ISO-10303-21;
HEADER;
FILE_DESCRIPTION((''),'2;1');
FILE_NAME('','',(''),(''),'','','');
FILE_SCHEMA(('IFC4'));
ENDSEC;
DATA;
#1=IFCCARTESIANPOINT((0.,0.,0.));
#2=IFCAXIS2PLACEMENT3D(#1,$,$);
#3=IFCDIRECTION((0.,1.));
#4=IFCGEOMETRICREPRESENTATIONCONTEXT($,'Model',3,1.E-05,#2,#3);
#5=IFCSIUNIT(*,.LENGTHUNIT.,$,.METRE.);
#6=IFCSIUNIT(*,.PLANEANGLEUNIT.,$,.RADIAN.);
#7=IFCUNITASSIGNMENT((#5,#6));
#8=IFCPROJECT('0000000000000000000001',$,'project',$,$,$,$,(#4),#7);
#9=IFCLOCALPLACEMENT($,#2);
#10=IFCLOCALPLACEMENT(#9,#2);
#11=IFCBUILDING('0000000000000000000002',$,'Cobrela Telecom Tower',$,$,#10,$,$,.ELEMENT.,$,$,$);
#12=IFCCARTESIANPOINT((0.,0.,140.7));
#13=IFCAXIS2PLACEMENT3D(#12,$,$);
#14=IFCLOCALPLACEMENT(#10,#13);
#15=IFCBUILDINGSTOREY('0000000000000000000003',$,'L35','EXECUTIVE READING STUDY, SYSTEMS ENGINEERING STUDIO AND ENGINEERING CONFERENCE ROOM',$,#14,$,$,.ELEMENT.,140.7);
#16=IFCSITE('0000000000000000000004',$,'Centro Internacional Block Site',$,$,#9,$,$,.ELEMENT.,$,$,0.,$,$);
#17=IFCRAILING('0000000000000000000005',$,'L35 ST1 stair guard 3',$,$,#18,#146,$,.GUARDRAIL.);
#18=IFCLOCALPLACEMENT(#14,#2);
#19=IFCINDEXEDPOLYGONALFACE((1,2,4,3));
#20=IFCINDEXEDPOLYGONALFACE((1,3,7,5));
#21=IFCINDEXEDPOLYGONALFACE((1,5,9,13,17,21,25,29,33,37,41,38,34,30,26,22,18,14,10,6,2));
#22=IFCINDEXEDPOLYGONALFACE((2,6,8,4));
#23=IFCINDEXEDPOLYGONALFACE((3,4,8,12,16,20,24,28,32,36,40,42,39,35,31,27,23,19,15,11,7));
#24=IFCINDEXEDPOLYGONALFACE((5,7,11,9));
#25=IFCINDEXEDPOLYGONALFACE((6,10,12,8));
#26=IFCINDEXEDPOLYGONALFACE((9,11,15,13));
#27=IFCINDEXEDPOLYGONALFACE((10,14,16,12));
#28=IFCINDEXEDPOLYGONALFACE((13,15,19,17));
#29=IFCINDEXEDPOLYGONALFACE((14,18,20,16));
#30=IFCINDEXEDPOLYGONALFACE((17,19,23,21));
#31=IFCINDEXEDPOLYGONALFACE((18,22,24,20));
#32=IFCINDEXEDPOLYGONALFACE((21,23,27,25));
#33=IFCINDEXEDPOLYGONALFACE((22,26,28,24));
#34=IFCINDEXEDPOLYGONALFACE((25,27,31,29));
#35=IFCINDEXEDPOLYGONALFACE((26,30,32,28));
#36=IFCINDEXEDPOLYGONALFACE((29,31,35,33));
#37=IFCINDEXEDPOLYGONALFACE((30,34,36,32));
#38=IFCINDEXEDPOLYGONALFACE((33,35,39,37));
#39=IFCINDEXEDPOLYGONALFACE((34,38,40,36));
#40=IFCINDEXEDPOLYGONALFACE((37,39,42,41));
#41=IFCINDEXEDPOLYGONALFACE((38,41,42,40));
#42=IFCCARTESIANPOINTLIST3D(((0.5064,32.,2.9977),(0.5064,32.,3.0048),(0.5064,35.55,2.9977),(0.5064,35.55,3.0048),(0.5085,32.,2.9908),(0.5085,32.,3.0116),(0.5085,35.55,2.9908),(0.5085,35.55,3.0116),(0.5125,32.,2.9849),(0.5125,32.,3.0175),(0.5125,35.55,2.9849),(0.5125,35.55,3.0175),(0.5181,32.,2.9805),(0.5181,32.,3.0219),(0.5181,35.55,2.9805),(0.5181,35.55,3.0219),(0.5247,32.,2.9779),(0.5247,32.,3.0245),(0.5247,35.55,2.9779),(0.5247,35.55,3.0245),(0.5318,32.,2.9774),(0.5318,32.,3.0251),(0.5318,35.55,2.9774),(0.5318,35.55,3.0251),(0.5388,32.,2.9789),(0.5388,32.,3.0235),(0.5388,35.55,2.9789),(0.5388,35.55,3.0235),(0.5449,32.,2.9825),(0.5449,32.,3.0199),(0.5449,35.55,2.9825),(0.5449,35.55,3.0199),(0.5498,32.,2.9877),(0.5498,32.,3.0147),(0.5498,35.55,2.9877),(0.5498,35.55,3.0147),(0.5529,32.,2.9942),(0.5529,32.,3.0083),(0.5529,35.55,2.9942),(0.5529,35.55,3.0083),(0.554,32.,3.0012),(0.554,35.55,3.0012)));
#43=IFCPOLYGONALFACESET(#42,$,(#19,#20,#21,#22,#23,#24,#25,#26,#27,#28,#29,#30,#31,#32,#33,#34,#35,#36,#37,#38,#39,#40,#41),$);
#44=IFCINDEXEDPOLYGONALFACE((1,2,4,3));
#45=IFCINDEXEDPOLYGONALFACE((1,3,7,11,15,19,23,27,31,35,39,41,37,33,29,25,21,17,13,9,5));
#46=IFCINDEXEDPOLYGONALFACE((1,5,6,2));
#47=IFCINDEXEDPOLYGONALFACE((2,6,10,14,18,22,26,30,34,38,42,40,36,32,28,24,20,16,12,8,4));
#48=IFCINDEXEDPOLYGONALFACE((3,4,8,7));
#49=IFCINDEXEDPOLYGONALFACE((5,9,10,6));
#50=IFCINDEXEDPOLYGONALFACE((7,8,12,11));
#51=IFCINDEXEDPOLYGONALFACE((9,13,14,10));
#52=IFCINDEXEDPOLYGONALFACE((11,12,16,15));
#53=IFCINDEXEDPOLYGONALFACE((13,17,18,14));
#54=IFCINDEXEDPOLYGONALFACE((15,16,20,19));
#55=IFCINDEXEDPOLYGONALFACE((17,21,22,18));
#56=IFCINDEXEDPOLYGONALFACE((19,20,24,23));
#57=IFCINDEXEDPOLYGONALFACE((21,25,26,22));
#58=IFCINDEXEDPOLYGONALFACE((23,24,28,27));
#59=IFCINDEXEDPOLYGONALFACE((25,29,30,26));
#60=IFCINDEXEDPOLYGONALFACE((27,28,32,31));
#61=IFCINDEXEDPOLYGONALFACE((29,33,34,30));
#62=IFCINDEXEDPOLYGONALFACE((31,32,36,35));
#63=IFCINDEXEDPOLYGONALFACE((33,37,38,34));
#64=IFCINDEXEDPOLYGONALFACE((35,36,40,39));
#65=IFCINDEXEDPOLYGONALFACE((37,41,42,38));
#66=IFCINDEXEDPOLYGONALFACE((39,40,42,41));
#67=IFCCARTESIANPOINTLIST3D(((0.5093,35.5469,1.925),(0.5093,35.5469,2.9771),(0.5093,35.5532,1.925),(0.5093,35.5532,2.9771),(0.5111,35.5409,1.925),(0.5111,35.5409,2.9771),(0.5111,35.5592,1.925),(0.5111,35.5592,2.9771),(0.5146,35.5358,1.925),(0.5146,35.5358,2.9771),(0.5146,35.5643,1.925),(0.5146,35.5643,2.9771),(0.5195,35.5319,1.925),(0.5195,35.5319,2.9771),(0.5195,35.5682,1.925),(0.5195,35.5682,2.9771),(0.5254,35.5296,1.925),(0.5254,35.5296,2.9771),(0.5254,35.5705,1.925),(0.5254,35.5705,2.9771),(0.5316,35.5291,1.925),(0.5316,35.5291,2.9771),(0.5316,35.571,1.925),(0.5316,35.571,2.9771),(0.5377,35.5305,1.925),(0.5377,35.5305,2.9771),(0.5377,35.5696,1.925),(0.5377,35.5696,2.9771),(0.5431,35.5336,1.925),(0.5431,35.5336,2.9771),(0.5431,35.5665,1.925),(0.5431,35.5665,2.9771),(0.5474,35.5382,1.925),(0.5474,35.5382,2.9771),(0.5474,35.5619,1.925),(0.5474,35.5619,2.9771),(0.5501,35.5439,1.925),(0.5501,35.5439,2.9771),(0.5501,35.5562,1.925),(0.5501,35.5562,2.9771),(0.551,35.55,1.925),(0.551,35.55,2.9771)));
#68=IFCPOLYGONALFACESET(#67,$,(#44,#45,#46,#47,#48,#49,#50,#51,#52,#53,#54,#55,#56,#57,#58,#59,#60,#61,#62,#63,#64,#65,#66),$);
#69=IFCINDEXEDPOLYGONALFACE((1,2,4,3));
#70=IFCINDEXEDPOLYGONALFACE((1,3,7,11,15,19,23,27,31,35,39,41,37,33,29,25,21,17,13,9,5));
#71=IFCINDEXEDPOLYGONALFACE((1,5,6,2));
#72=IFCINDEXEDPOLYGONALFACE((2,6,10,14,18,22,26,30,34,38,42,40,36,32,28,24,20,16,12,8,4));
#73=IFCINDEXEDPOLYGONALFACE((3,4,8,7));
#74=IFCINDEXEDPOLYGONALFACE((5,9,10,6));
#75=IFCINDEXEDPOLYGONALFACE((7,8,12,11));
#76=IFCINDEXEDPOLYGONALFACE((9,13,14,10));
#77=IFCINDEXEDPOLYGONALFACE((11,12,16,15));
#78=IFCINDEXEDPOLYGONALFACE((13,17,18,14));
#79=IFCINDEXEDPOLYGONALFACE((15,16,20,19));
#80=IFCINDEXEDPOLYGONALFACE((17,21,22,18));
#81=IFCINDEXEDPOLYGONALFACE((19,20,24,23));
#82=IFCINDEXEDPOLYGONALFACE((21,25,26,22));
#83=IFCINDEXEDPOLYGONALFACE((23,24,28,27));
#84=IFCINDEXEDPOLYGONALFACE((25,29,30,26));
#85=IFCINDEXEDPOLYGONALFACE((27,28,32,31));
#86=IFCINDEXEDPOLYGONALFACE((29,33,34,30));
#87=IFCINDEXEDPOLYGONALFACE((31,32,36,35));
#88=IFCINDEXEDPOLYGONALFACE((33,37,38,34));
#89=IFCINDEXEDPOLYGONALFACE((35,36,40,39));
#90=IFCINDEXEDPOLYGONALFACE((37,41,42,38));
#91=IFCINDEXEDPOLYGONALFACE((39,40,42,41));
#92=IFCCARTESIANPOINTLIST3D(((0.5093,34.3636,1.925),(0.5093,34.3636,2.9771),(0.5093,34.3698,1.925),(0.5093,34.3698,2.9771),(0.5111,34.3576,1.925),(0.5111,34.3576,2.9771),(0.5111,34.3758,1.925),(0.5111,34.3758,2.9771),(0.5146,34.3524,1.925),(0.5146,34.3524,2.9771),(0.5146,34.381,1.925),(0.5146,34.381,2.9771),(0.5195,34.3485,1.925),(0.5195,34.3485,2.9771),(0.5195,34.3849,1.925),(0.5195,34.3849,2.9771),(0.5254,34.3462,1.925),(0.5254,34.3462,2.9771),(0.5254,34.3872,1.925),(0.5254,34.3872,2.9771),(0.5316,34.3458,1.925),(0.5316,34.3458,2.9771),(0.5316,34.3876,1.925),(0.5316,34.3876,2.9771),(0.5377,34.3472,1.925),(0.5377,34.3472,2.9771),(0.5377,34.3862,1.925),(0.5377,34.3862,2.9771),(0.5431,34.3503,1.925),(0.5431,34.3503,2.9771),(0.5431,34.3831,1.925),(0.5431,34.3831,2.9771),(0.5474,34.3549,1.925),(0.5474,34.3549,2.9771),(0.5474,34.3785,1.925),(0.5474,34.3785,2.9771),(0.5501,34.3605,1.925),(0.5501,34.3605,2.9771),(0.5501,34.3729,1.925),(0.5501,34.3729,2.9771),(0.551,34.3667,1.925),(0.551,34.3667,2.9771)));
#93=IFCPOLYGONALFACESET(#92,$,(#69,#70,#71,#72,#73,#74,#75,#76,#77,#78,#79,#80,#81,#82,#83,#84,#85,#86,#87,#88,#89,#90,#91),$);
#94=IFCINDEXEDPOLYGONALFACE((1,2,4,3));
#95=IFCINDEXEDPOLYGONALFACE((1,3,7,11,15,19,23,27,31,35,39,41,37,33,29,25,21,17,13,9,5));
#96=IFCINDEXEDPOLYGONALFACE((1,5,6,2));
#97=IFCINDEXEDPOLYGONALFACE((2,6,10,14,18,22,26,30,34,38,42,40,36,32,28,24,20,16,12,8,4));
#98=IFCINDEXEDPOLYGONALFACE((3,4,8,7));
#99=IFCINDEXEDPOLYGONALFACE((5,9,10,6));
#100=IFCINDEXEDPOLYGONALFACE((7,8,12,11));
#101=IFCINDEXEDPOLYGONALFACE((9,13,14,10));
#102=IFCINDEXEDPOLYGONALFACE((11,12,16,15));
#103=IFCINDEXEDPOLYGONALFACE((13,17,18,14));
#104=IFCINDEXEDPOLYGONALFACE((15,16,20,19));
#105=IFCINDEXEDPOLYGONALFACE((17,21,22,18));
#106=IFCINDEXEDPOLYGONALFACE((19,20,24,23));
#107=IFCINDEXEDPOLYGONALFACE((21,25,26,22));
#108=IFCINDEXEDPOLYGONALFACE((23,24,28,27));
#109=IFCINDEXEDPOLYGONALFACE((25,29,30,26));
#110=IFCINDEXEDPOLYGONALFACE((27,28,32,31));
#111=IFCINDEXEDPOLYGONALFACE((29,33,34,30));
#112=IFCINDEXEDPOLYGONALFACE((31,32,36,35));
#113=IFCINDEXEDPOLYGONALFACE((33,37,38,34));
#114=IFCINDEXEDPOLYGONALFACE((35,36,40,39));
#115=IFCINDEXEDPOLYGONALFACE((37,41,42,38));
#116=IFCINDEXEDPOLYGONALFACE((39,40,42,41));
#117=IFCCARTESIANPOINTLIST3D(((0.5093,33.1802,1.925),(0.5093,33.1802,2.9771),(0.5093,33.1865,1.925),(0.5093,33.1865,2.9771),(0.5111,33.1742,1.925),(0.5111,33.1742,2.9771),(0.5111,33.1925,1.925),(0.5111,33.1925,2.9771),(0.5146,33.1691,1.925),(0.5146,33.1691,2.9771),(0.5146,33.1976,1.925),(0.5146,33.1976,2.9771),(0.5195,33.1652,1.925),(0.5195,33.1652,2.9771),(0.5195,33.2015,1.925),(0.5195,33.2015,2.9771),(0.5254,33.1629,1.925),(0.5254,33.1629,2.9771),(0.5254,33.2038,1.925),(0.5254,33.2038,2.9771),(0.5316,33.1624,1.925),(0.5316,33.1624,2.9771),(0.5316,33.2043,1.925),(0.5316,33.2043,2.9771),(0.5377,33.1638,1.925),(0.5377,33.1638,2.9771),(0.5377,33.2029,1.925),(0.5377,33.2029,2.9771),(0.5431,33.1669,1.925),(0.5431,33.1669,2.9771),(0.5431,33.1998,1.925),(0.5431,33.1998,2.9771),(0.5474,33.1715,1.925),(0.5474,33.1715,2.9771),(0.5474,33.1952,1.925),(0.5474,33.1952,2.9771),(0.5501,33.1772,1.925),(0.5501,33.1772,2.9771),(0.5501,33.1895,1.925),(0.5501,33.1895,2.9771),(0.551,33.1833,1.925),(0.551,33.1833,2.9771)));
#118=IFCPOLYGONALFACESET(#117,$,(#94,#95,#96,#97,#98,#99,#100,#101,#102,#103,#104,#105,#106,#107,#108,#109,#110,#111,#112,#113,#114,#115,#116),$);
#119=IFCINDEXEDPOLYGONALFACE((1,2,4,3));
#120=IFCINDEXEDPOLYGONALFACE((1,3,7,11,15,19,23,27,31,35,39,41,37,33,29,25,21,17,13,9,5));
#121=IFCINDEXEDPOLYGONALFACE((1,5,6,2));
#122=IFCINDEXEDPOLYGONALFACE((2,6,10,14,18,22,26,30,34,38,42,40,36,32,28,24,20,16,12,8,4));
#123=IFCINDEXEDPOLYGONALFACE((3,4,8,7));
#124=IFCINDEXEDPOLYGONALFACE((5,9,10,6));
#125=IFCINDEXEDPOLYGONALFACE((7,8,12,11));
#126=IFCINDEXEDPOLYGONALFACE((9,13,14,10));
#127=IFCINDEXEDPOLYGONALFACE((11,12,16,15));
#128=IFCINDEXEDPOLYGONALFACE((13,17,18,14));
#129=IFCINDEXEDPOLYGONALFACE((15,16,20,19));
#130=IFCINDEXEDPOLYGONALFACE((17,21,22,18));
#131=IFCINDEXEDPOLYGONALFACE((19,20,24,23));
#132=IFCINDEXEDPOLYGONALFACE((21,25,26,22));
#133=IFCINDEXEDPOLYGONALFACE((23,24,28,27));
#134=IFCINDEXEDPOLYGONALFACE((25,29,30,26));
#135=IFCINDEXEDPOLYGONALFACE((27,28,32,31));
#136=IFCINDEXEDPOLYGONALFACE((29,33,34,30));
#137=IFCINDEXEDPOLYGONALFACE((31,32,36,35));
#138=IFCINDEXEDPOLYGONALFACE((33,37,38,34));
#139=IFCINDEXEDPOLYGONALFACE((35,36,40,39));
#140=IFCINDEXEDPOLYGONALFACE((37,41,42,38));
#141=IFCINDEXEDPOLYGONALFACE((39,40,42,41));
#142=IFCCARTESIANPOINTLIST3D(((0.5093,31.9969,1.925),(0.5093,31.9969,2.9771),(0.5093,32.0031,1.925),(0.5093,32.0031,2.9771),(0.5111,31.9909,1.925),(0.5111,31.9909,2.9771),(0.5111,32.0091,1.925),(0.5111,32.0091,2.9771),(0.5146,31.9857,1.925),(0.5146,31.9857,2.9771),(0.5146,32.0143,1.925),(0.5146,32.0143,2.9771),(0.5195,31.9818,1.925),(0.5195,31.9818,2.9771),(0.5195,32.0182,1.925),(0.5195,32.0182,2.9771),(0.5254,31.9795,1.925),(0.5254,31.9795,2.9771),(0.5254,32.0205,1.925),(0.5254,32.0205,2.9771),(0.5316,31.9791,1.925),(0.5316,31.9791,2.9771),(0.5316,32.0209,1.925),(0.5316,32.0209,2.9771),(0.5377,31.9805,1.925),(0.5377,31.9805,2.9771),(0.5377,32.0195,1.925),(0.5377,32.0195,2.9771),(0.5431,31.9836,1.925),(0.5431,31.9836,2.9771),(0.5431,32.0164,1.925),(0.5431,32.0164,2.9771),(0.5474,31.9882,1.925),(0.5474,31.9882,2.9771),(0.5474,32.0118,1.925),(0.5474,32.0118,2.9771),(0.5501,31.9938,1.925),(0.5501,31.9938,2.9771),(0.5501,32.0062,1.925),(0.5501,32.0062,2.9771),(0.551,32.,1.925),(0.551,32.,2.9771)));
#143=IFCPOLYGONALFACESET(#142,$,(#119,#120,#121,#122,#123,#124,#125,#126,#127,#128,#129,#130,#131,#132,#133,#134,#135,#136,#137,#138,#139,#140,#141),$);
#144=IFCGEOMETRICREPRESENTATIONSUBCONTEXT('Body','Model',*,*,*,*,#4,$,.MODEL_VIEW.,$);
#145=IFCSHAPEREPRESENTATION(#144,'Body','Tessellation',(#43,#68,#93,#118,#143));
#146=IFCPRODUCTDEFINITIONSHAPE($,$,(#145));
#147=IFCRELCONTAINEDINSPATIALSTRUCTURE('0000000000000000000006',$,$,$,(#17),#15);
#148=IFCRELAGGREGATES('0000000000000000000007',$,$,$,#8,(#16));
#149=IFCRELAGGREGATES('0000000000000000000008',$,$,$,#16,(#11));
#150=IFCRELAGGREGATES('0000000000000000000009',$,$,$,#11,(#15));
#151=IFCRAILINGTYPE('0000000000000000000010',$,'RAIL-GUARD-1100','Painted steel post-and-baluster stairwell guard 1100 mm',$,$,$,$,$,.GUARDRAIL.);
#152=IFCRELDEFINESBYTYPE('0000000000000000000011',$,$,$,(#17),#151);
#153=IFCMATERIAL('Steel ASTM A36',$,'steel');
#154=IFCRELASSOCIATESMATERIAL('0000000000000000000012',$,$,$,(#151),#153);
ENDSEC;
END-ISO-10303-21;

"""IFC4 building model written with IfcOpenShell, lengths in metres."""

from ifc_helpers import new_model, si_unit, direction, frame, origin, origin_2d, place, context, subcontext, project, spatial, circle, extrude, material, type_object, element, save


model = new_model("IFC4")

# Units and contexts
model_context = context("Model", 3, precision=1e-05, world=origin(), true_north=direction((0.0, 1.0)))
body_context = subcontext(model_context, "Body", "Model", "MODEL_VIEW")
ifc_project = project(units=[si_unit("LENGTHUNIT", "METRE"), si_unit("PLANEANGLEUNIT", "RADIAN")], contexts=[model_context])

# Site, building, storey
site_placement = place(None, origin())
site = spatial("IfcSite", under=ifc_project, at=site_placement, Name="Centro Internacional Block Site", CompositionType="ELEMENT", RefElevation=0.0)
building_placement = place(site_placement, origin())
building = spatial("IfcBuilding", under=site, at=building_placement, Name="Cobrela Telecom Tower", CompositionType="ELEMENT")
storey_placement = place(building_placement, frame((0.0, 0.0, 140.7)))
storey = spatial("IfcBuildingStorey", under=building, at=storey_placement, Name="L35", Description="EXECUTIVE READING STUDY, SYSTEMS ENGINEERING STUDIO AND ENGINEERING CONFERENCE ROOM", CompositionType="ELEMENT", Elevation=140.7)

# Shared definitions
ifc_material_1 = material(Name="Steel ASTM A36", Category="steel")

# Railing
railing_type_1 = type_object("IfcRailingType", Name="RAIL-GUARD-1100", Description="Painted steel post-and-baluster stairwell guard 1100 mm", PredefinedType="GUARDRAIL", material=ifc_material_1)
railing_1_placement = place(storey_placement, frame((0.53, 35.55, 1.925)))
element("IfcRailing", 1, at=railing_1_placement, inside=storey, type_object=railing_type_1, Name="L35 ST1 stair guard 3", PredefinedType="GUARDRAIL", context=body_context, shape_type="SweptSolid", body=[
    extrude(circle(Radius=0.0239, at=origin_2d()), frame((0.0, 0.0, 1.0762), z_axis=(0.0, -1.0, 0.0), x_axis=(1.0, 0.0, 0.0)), (0.0, 0.0, 1.0), 3.55),
    extrude(circle(Radius=0.021, at=origin_2d()), origin(), (0.0, 0.0, 1.0), 1.052),
    extrude(circle(Radius=0.021, at=origin_2d()), frame((0.0, -1.1833, 0.0)), (0.0, 0.0, 1.0), 1.052),
    extrude(circle(Radius=0.021, at=origin_2d()), frame((0.0, -2.3667, 0.0)), (0.0, 0.0, 1.0), 1.052),
    extrude(circle(Radius=0.021, at=origin_2d()), frame((0.0, -3.55, 0.0)), (0.0, 0.0, 1.0), 1.052),
])

save(model, "model.ifc")
